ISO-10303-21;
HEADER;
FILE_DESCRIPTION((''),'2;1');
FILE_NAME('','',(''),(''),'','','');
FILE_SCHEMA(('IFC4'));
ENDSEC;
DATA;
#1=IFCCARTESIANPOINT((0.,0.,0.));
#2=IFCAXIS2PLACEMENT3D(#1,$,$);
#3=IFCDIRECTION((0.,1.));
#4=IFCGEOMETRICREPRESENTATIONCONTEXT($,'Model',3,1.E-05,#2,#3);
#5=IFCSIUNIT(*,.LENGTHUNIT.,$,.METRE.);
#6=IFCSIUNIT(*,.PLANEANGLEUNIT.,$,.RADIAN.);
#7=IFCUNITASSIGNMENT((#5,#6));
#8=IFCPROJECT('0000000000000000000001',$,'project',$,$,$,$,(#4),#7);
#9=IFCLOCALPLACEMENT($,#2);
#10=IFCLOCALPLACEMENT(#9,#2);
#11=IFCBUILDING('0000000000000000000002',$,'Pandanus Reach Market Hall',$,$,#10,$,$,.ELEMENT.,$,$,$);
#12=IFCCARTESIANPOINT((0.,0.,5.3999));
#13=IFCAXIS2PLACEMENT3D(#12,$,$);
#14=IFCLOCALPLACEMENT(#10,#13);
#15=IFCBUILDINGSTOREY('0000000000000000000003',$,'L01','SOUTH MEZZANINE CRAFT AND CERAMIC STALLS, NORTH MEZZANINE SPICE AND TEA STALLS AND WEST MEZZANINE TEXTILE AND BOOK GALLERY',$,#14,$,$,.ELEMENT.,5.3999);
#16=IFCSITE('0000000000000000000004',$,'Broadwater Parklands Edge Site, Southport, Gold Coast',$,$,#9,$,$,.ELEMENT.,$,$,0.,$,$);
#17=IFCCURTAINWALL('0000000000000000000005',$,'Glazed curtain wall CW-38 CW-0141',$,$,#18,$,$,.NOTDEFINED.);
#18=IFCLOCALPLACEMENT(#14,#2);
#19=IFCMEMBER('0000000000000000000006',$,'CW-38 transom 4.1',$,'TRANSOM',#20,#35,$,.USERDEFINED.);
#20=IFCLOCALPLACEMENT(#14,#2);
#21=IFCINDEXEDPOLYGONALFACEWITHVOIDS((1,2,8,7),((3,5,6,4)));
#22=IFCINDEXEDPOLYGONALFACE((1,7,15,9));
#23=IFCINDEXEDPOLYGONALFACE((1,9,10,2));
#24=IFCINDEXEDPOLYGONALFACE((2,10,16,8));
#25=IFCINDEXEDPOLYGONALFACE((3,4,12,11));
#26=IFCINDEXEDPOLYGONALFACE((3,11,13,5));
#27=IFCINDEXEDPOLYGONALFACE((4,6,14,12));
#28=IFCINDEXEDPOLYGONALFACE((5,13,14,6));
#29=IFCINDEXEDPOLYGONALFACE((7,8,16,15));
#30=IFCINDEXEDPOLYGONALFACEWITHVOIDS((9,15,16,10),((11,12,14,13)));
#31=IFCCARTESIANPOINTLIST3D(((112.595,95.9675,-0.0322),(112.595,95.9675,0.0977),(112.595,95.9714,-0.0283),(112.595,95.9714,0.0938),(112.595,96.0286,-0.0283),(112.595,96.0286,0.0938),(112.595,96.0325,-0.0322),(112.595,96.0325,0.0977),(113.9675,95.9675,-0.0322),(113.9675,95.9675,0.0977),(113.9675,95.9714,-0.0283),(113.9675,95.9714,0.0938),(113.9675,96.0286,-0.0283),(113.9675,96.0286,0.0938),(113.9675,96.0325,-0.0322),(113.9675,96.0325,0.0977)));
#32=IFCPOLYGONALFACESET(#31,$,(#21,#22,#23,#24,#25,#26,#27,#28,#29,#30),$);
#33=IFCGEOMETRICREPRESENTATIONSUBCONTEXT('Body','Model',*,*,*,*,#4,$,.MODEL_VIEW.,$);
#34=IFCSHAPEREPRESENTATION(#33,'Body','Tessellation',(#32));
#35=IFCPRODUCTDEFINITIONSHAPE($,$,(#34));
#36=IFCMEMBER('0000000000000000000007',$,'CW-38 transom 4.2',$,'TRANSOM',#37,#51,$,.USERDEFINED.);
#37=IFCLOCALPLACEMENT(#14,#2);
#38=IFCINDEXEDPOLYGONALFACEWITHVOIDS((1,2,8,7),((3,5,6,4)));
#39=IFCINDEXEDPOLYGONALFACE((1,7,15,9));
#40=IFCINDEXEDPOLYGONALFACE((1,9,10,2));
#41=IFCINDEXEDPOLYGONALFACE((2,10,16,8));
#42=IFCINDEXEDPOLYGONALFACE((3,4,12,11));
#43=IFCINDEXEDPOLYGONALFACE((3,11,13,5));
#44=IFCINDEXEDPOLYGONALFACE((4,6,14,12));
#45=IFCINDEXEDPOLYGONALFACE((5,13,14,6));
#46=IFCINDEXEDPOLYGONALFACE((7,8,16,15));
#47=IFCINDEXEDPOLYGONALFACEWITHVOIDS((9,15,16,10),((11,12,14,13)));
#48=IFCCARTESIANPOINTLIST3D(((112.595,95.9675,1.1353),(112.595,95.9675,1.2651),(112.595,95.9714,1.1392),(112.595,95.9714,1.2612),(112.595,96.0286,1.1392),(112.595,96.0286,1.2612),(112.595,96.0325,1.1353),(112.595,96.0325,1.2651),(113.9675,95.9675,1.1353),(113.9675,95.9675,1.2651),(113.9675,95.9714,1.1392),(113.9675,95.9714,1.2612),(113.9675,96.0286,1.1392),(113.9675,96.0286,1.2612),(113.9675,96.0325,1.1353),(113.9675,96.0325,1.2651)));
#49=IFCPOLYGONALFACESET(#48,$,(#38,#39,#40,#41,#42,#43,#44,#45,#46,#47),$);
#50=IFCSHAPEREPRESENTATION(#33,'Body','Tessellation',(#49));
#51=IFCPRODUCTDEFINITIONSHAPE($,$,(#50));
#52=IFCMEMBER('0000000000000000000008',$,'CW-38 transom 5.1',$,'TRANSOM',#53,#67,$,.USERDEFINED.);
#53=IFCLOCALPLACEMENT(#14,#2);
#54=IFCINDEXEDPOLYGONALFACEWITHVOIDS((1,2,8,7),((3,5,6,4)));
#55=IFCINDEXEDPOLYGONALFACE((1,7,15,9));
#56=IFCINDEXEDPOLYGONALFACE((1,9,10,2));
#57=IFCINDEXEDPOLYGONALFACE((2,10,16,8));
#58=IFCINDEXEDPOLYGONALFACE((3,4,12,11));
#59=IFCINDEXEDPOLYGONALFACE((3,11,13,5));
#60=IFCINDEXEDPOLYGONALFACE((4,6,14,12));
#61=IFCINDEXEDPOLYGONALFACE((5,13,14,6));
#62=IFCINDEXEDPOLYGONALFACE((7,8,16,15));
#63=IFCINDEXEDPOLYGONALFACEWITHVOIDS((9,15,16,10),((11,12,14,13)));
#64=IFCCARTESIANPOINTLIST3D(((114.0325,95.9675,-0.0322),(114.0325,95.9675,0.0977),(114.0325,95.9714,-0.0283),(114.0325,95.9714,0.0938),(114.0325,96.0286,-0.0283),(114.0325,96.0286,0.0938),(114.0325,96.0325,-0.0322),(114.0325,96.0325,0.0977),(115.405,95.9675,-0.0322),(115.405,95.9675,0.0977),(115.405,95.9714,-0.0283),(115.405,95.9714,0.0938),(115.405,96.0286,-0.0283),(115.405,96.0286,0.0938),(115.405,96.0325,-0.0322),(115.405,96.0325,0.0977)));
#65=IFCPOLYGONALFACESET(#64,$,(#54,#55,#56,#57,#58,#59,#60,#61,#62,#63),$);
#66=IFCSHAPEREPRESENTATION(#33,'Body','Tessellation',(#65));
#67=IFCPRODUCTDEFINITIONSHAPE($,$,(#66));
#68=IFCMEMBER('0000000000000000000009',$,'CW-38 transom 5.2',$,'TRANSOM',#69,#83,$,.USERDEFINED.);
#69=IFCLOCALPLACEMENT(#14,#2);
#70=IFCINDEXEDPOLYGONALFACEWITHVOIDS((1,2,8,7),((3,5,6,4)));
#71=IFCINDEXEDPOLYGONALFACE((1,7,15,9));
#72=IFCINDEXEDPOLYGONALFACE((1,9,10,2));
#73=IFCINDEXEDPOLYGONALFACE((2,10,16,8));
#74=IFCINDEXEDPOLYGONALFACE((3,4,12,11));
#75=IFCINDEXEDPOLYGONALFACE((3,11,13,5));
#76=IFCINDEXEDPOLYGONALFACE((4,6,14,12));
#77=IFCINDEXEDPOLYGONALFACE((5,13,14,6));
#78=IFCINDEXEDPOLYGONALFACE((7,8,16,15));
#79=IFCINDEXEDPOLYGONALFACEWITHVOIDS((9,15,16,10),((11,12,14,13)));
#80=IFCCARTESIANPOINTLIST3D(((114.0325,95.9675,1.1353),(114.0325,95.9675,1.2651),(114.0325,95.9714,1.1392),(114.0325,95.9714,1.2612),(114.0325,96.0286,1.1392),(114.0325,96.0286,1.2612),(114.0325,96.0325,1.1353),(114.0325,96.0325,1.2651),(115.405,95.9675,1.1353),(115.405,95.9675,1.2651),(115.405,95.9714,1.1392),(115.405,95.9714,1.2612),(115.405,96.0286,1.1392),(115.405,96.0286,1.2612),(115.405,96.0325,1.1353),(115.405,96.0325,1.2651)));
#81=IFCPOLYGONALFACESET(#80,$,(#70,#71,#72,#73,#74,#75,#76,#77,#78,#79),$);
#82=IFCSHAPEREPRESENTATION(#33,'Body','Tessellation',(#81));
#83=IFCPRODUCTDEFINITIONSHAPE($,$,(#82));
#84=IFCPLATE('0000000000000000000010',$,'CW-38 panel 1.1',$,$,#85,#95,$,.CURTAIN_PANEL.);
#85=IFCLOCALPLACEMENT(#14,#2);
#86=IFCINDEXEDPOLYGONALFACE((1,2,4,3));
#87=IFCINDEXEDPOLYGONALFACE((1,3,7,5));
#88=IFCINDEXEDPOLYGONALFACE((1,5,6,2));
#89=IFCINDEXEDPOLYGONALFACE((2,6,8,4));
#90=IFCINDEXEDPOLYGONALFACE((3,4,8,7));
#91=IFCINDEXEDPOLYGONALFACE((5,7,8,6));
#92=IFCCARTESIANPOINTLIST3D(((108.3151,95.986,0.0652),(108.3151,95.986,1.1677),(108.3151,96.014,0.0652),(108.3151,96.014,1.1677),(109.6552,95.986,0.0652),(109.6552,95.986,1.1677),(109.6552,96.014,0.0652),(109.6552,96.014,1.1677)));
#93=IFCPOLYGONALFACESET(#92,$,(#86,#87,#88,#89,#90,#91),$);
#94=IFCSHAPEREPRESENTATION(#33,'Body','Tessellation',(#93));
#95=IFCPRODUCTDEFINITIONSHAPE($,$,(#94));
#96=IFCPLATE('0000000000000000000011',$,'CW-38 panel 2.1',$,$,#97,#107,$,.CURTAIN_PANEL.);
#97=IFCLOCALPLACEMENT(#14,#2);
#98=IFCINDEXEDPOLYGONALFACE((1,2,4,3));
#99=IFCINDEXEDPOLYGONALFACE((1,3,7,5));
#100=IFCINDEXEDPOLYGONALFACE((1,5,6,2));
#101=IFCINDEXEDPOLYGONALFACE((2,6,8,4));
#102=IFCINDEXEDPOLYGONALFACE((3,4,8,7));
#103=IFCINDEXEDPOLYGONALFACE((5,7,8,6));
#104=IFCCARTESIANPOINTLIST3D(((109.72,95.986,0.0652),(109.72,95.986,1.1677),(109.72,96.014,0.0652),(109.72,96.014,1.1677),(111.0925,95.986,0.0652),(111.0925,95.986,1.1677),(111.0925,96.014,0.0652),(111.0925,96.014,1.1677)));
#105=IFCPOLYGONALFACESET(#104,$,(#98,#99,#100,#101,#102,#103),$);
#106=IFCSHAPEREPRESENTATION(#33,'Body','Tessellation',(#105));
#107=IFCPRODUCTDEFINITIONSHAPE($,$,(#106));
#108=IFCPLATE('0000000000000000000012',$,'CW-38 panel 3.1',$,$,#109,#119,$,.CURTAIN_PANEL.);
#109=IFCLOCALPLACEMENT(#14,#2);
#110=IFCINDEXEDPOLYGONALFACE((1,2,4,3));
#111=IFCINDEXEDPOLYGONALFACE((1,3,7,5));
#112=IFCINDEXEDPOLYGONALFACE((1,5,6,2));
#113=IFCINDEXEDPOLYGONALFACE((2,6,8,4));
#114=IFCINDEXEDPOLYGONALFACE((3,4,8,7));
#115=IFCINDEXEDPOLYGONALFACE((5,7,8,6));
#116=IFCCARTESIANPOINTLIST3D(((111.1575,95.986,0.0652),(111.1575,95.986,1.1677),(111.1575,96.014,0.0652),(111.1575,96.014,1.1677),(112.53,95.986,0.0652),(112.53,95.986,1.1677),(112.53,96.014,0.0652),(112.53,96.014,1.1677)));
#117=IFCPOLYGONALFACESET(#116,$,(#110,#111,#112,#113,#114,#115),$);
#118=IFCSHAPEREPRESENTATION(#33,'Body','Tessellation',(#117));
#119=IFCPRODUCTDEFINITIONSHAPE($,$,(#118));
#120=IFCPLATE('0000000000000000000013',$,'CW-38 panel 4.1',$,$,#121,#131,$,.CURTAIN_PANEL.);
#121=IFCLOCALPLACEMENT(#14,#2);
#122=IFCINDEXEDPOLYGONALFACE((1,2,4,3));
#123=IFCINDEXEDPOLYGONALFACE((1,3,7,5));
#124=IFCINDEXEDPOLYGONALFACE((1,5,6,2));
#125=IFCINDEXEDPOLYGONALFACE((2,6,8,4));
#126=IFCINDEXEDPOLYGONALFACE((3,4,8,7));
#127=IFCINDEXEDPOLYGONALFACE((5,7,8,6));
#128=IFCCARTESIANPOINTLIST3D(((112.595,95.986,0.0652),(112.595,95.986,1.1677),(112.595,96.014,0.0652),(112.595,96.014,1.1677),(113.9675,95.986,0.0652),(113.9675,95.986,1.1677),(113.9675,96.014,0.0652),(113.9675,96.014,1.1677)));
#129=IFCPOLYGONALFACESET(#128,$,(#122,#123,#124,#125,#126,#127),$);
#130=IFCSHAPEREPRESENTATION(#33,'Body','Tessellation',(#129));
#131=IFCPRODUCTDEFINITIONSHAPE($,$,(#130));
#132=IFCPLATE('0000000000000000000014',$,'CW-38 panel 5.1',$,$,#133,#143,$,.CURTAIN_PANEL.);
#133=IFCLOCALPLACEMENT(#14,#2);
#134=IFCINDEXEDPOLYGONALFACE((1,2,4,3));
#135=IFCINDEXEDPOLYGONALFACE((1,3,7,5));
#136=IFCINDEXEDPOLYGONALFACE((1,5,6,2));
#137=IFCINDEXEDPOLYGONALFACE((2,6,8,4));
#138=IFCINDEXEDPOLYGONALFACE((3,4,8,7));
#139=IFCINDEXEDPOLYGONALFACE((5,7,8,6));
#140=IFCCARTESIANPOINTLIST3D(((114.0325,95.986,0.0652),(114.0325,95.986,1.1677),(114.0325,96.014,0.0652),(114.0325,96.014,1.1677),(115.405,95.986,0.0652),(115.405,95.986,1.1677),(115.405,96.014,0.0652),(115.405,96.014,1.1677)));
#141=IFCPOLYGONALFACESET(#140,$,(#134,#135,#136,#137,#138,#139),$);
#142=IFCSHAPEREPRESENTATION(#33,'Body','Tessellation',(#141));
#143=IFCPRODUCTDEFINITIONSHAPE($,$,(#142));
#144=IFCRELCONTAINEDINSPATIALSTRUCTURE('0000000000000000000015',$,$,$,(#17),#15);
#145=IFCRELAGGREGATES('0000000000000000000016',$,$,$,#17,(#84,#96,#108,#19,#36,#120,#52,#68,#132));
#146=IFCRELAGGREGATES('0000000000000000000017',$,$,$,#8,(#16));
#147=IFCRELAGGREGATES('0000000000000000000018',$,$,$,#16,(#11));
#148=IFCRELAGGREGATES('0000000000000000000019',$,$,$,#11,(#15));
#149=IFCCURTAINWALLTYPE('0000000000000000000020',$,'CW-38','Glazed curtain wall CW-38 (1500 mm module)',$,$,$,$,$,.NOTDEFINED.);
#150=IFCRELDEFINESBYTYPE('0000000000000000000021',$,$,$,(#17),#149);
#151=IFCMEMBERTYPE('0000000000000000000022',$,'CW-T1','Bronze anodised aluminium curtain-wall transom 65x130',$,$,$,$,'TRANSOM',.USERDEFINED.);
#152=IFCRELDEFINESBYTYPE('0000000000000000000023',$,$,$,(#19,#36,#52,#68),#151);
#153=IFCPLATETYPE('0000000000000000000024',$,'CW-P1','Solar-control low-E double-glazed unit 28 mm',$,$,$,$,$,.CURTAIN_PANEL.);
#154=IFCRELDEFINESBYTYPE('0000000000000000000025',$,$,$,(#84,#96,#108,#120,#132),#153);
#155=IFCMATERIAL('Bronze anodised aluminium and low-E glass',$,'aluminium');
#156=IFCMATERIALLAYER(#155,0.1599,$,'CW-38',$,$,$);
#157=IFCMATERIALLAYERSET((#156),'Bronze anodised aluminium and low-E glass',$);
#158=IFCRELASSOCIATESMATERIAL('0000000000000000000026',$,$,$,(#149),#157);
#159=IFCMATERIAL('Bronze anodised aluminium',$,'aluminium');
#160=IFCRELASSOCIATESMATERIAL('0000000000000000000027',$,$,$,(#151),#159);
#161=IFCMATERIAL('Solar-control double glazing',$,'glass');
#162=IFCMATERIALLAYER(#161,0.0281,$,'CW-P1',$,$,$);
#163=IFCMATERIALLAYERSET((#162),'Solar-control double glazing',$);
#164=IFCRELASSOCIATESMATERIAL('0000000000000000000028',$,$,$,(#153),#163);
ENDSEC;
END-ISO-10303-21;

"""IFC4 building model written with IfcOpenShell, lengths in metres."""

from ifc_helpers import new_model, si_unit, direction, frame, origin, origin_2d, place, context, subcontext, project, spatial, rectangle, hollow_rectangle, extrude, material, layer, layer_set, material_profile, profile_set, type_object, element, aggregate, save


model = new_model("IFC4")

# Units and contexts
model_context = context("Model", 3, precision=1e-05, world=origin(), true_north=direction((0.0, 1.0)))
body_context = subcontext(model_context, "Body", "Model", "MODEL_VIEW")
ifc_project = project(units=[si_unit("LENGTHUNIT", "METRE"), si_unit("PLANEANGLEUNIT", "RADIAN")], contexts=[model_context])

# Site, building, storey
site_placement = place(None, origin())
site = spatial("IfcSite", under=ifc_project, at=site_placement, Name="Broadwater Parklands Edge Site, Southport, Gold Coast", CompositionType="ELEMENT", RefElevation=0.0)
building_placement = place(site_placement, origin())
building = spatial("IfcBuilding", under=site, at=building_placement, Name="Pandanus Reach Market Hall", CompositionType="ELEMENT")
storey_placement = place(building_placement, frame((0.0, 0.0, 5.3999)))
storey = spatial("IfcBuildingStorey", under=building, at=storey_placement, Name="L01", Description="SOUTH MEZZANINE CRAFT AND CERAMIC STALLS, NORTH MEZZANINE SPICE AND TEA STALLS AND WEST MEZZANINE TEXTILE AND BOOK GALLERY", CompositionType="ELEMENT", Elevation=5.3999)

# Curtain wall, members, plates
ifc_material_1 = material(Name="Bronze anodised aluminium and low-E glass", Category="aluminium")
ifc_layer_1 = layer(ifc_material_1, 0.1599, Name="CW-38")
ifc_layer_set_1 = layer_set([ifc_layer_1], Name="Bronze anodised aluminium and low-E glass")
curtain_wall_type = type_object("IfcCurtainWallType", Name="CW-38", Description="Glazed curtain wall CW-38 (1500 mm module)", PredefinedType="NOTDEFINED", material=ifc_layer_set_1)
curtain_wall_placement = place(storey_placement, origin())
curtain_wall = element("IfcCurtainWall", 1, at=curtain_wall_placement, inside=storey, type_object=curtain_wall_type, Name="Glazed curtain wall CW-38 CW-0141", PredefinedType="NOTDEFINED")
ifc_material_2 = material(Name="Bronze anodised aluminium", Category="aluminium")
ifc_material_profile_1 = material_profile(ifc_material_2, hollow_rectangle(XDim=0.0649, YDim=0.1299, WallThickness=0.0039, at=origin_2d()), Name="ALU65x130", Category="LoadBearing")
ifc_profile_set_1 = profile_set([ifc_material_profile_1], Name="Bronze anodised aluminium")
member_type_1 = type_object("IfcMemberType", Name="CW-T1", Description="Bronze anodised aluminium curtain-wall transom 65x130", ElementType="TRANSOM", PredefinedType="USERDEFINED", material=ifc_profile_set_1)
member_1_placement = place(storey_placement, frame((112.595, 96.0, 0.0327), z_axis=(1.0, 0.0, 0.0), x_axis=(0.0, 1.0, 0.0)))
member_1 = element("IfcMember", 2, at=member_1_placement, type_object=member_type_1, Name="CW-38 transom 4.1", ObjectType="TRANSOM", PredefinedType="USERDEFINED", context=body_context, shape_type="SweptSolid", body=[
    extrude(hollow_rectangle(XDim=0.0649, YDim=0.1299, WallThickness=0.0039, at=origin_2d()), origin(), (0.0, 0.0, 1.0), 1.3726),
])
member_2_placement = place(storey_placement, frame((112.595, 96.0, 1.2002), z_axis=(1.0, 0.0, 0.0), x_axis=(0.0, 1.0, 0.0)))
member_2 = element("IfcMember", 3, at=member_2_placement, type_object=member_type_1, Name="CW-38 transom 4.2", ObjectType="TRANSOM", PredefinedType="USERDEFINED", context=body_context, shape_type="SweptSolid", body=[
    extrude(hollow_rectangle(XDim=0.0649, YDim=0.1299, WallThickness=0.0039, at=origin_2d()), origin(), (0.0, 0.0, 1.0), 1.3726),
])
member_3_placement = place(storey_placement, frame((114.0325, 96.0, 0.0327), z_axis=(1.0, 0.0, 0.0), x_axis=(0.0, 1.0, 0.0)))
member_3 = element("IfcMember", 4, at=member_3_placement, type_object=member_type_1, Name="CW-38 transom 5.1", ObjectType="TRANSOM", PredefinedType="USERDEFINED", context=body_context, shape_type="SweptSolid", body=[
    extrude(hollow_rectangle(XDim=0.0649, YDim=0.1299, WallThickness=0.0039, at=origin_2d()), origin(), (0.0, 0.0, 1.0), 1.3726),
])
member_4_placement = place(storey_placement, frame((114.0325, 96.0, 1.2002), z_axis=(1.0, 0.0, 0.0), x_axis=(0.0, 1.0, 0.0)))
member_4 = element("IfcMember", 5, at=member_4_placement, type_object=member_type_1, Name="CW-38 transom 5.2", ObjectType="TRANSOM", PredefinedType="USERDEFINED", context=body_context, shape_type="SweptSolid", body=[
    extrude(hollow_rectangle(XDim=0.0649, YDim=0.1299, WallThickness=0.0039, at=origin_2d()), origin(), (0.0, 0.0, 1.0), 1.3726),
])
ifc_material_3 = material(Name="Solar-control double glazing", Category="glass")
ifc_layer_2 = layer(ifc_material_3, 0.0281, Name="CW-P1")
ifc_layer_set_2 = layer_set([ifc_layer_2], Name="Solar-control double glazing")
plate_type = type_object("IfcPlateType", Name="CW-P1", Description="Solar-control low-E double-glazed unit 28 mm", PredefinedType="CURTAIN_PANEL", material=ifc_layer_set_2)
plate_1_placement = place(storey_placement, frame((108.9851, 96.0, 0.0652), z_axis=(0.0, 0.0, 1.0), x_axis=(1.0, 0.0, 0.0)))
plate_1 = element("IfcPlate", 6, at=plate_1_placement, type_object=plate_type, Name="CW-38 panel 1.1", PredefinedType="CURTAIN_PANEL", context=body_context, shape_type="SweptSolid", body=[
    extrude(rectangle(XDim=1.3401, YDim=0.0281, at=origin_2d()), origin(), (0.0, 0.0, 1.0), 1.1025),
])
plate_2_placement = place(storey_placement, frame((110.4062, 96.0, 0.0652), z_axis=(0.0, 0.0, 1.0), x_axis=(1.0, 0.0, 0.0)))
plate_2 = element("IfcPlate", 7, at=plate_2_placement, type_object=plate_type, Name="CW-38 panel 2.1", PredefinedType="CURTAIN_PANEL", context=body_context, shape_type="SweptSolid", body=[
    extrude(rectangle(XDim=1.3726, YDim=0.0281, at=origin_2d()), origin(), (0.0, 0.0, 1.0), 1.1025),
])
plate_3_placement = place(storey_placement, frame((111.8438, 96.0, 0.0652), z_axis=(0.0, 0.0, 1.0), x_axis=(1.0, 0.0, 0.0)))
plate_3 = element("IfcPlate", 8, at=plate_3_placement, type_object=plate_type, Name="CW-38 panel 3.1", PredefinedType="CURTAIN_PANEL", context=body_context, shape_type="SweptSolid", body=[
    extrude(rectangle(XDim=1.3726, YDim=0.0281, at=origin_2d()), origin(), (0.0, 0.0, 1.0), 1.1025),
])
plate_4_placement = place(storey_placement, frame((113.2812, 96.0, 0.0652), z_axis=(0.0, 0.0, 1.0), x_axis=(1.0, 0.0, 0.0)))
plate_4 = element("IfcPlate", 9, at=plate_4_placement, type_object=plate_type, Name="CW-38 panel 4.1", PredefinedType="CURTAIN_PANEL", context=body_context, shape_type="SweptSolid", body=[
    extrude(rectangle(XDim=1.3726, YDim=0.0281, at=origin_2d()), origin(), (0.0, 0.0, 1.0), 1.1025),
])
plate_5_placement = place(storey_placement, frame((114.7188, 96.0, 0.0652), z_axis=(0.0, 0.0, 1.0), x_axis=(1.0, 0.0, 0.0)))
plate_5 = element("IfcPlate", 10, at=plate_5_placement, type_object=plate_type, Name="CW-38 panel 5.1", PredefinedType="CURTAIN_PANEL", context=body_context, shape_type="SweptSolid", body=[
    extrude(rectangle(XDim=1.3726, YDim=0.0281, at=origin_2d()), origin(), (0.0, 0.0, 1.0), 1.1025),
])
aggregate(curtain_wall, [plate_1, plate_2, plate_3, member_1, member_2, plate_4, member_3, member_4, plate_5])

save(model, "model.ifc")
